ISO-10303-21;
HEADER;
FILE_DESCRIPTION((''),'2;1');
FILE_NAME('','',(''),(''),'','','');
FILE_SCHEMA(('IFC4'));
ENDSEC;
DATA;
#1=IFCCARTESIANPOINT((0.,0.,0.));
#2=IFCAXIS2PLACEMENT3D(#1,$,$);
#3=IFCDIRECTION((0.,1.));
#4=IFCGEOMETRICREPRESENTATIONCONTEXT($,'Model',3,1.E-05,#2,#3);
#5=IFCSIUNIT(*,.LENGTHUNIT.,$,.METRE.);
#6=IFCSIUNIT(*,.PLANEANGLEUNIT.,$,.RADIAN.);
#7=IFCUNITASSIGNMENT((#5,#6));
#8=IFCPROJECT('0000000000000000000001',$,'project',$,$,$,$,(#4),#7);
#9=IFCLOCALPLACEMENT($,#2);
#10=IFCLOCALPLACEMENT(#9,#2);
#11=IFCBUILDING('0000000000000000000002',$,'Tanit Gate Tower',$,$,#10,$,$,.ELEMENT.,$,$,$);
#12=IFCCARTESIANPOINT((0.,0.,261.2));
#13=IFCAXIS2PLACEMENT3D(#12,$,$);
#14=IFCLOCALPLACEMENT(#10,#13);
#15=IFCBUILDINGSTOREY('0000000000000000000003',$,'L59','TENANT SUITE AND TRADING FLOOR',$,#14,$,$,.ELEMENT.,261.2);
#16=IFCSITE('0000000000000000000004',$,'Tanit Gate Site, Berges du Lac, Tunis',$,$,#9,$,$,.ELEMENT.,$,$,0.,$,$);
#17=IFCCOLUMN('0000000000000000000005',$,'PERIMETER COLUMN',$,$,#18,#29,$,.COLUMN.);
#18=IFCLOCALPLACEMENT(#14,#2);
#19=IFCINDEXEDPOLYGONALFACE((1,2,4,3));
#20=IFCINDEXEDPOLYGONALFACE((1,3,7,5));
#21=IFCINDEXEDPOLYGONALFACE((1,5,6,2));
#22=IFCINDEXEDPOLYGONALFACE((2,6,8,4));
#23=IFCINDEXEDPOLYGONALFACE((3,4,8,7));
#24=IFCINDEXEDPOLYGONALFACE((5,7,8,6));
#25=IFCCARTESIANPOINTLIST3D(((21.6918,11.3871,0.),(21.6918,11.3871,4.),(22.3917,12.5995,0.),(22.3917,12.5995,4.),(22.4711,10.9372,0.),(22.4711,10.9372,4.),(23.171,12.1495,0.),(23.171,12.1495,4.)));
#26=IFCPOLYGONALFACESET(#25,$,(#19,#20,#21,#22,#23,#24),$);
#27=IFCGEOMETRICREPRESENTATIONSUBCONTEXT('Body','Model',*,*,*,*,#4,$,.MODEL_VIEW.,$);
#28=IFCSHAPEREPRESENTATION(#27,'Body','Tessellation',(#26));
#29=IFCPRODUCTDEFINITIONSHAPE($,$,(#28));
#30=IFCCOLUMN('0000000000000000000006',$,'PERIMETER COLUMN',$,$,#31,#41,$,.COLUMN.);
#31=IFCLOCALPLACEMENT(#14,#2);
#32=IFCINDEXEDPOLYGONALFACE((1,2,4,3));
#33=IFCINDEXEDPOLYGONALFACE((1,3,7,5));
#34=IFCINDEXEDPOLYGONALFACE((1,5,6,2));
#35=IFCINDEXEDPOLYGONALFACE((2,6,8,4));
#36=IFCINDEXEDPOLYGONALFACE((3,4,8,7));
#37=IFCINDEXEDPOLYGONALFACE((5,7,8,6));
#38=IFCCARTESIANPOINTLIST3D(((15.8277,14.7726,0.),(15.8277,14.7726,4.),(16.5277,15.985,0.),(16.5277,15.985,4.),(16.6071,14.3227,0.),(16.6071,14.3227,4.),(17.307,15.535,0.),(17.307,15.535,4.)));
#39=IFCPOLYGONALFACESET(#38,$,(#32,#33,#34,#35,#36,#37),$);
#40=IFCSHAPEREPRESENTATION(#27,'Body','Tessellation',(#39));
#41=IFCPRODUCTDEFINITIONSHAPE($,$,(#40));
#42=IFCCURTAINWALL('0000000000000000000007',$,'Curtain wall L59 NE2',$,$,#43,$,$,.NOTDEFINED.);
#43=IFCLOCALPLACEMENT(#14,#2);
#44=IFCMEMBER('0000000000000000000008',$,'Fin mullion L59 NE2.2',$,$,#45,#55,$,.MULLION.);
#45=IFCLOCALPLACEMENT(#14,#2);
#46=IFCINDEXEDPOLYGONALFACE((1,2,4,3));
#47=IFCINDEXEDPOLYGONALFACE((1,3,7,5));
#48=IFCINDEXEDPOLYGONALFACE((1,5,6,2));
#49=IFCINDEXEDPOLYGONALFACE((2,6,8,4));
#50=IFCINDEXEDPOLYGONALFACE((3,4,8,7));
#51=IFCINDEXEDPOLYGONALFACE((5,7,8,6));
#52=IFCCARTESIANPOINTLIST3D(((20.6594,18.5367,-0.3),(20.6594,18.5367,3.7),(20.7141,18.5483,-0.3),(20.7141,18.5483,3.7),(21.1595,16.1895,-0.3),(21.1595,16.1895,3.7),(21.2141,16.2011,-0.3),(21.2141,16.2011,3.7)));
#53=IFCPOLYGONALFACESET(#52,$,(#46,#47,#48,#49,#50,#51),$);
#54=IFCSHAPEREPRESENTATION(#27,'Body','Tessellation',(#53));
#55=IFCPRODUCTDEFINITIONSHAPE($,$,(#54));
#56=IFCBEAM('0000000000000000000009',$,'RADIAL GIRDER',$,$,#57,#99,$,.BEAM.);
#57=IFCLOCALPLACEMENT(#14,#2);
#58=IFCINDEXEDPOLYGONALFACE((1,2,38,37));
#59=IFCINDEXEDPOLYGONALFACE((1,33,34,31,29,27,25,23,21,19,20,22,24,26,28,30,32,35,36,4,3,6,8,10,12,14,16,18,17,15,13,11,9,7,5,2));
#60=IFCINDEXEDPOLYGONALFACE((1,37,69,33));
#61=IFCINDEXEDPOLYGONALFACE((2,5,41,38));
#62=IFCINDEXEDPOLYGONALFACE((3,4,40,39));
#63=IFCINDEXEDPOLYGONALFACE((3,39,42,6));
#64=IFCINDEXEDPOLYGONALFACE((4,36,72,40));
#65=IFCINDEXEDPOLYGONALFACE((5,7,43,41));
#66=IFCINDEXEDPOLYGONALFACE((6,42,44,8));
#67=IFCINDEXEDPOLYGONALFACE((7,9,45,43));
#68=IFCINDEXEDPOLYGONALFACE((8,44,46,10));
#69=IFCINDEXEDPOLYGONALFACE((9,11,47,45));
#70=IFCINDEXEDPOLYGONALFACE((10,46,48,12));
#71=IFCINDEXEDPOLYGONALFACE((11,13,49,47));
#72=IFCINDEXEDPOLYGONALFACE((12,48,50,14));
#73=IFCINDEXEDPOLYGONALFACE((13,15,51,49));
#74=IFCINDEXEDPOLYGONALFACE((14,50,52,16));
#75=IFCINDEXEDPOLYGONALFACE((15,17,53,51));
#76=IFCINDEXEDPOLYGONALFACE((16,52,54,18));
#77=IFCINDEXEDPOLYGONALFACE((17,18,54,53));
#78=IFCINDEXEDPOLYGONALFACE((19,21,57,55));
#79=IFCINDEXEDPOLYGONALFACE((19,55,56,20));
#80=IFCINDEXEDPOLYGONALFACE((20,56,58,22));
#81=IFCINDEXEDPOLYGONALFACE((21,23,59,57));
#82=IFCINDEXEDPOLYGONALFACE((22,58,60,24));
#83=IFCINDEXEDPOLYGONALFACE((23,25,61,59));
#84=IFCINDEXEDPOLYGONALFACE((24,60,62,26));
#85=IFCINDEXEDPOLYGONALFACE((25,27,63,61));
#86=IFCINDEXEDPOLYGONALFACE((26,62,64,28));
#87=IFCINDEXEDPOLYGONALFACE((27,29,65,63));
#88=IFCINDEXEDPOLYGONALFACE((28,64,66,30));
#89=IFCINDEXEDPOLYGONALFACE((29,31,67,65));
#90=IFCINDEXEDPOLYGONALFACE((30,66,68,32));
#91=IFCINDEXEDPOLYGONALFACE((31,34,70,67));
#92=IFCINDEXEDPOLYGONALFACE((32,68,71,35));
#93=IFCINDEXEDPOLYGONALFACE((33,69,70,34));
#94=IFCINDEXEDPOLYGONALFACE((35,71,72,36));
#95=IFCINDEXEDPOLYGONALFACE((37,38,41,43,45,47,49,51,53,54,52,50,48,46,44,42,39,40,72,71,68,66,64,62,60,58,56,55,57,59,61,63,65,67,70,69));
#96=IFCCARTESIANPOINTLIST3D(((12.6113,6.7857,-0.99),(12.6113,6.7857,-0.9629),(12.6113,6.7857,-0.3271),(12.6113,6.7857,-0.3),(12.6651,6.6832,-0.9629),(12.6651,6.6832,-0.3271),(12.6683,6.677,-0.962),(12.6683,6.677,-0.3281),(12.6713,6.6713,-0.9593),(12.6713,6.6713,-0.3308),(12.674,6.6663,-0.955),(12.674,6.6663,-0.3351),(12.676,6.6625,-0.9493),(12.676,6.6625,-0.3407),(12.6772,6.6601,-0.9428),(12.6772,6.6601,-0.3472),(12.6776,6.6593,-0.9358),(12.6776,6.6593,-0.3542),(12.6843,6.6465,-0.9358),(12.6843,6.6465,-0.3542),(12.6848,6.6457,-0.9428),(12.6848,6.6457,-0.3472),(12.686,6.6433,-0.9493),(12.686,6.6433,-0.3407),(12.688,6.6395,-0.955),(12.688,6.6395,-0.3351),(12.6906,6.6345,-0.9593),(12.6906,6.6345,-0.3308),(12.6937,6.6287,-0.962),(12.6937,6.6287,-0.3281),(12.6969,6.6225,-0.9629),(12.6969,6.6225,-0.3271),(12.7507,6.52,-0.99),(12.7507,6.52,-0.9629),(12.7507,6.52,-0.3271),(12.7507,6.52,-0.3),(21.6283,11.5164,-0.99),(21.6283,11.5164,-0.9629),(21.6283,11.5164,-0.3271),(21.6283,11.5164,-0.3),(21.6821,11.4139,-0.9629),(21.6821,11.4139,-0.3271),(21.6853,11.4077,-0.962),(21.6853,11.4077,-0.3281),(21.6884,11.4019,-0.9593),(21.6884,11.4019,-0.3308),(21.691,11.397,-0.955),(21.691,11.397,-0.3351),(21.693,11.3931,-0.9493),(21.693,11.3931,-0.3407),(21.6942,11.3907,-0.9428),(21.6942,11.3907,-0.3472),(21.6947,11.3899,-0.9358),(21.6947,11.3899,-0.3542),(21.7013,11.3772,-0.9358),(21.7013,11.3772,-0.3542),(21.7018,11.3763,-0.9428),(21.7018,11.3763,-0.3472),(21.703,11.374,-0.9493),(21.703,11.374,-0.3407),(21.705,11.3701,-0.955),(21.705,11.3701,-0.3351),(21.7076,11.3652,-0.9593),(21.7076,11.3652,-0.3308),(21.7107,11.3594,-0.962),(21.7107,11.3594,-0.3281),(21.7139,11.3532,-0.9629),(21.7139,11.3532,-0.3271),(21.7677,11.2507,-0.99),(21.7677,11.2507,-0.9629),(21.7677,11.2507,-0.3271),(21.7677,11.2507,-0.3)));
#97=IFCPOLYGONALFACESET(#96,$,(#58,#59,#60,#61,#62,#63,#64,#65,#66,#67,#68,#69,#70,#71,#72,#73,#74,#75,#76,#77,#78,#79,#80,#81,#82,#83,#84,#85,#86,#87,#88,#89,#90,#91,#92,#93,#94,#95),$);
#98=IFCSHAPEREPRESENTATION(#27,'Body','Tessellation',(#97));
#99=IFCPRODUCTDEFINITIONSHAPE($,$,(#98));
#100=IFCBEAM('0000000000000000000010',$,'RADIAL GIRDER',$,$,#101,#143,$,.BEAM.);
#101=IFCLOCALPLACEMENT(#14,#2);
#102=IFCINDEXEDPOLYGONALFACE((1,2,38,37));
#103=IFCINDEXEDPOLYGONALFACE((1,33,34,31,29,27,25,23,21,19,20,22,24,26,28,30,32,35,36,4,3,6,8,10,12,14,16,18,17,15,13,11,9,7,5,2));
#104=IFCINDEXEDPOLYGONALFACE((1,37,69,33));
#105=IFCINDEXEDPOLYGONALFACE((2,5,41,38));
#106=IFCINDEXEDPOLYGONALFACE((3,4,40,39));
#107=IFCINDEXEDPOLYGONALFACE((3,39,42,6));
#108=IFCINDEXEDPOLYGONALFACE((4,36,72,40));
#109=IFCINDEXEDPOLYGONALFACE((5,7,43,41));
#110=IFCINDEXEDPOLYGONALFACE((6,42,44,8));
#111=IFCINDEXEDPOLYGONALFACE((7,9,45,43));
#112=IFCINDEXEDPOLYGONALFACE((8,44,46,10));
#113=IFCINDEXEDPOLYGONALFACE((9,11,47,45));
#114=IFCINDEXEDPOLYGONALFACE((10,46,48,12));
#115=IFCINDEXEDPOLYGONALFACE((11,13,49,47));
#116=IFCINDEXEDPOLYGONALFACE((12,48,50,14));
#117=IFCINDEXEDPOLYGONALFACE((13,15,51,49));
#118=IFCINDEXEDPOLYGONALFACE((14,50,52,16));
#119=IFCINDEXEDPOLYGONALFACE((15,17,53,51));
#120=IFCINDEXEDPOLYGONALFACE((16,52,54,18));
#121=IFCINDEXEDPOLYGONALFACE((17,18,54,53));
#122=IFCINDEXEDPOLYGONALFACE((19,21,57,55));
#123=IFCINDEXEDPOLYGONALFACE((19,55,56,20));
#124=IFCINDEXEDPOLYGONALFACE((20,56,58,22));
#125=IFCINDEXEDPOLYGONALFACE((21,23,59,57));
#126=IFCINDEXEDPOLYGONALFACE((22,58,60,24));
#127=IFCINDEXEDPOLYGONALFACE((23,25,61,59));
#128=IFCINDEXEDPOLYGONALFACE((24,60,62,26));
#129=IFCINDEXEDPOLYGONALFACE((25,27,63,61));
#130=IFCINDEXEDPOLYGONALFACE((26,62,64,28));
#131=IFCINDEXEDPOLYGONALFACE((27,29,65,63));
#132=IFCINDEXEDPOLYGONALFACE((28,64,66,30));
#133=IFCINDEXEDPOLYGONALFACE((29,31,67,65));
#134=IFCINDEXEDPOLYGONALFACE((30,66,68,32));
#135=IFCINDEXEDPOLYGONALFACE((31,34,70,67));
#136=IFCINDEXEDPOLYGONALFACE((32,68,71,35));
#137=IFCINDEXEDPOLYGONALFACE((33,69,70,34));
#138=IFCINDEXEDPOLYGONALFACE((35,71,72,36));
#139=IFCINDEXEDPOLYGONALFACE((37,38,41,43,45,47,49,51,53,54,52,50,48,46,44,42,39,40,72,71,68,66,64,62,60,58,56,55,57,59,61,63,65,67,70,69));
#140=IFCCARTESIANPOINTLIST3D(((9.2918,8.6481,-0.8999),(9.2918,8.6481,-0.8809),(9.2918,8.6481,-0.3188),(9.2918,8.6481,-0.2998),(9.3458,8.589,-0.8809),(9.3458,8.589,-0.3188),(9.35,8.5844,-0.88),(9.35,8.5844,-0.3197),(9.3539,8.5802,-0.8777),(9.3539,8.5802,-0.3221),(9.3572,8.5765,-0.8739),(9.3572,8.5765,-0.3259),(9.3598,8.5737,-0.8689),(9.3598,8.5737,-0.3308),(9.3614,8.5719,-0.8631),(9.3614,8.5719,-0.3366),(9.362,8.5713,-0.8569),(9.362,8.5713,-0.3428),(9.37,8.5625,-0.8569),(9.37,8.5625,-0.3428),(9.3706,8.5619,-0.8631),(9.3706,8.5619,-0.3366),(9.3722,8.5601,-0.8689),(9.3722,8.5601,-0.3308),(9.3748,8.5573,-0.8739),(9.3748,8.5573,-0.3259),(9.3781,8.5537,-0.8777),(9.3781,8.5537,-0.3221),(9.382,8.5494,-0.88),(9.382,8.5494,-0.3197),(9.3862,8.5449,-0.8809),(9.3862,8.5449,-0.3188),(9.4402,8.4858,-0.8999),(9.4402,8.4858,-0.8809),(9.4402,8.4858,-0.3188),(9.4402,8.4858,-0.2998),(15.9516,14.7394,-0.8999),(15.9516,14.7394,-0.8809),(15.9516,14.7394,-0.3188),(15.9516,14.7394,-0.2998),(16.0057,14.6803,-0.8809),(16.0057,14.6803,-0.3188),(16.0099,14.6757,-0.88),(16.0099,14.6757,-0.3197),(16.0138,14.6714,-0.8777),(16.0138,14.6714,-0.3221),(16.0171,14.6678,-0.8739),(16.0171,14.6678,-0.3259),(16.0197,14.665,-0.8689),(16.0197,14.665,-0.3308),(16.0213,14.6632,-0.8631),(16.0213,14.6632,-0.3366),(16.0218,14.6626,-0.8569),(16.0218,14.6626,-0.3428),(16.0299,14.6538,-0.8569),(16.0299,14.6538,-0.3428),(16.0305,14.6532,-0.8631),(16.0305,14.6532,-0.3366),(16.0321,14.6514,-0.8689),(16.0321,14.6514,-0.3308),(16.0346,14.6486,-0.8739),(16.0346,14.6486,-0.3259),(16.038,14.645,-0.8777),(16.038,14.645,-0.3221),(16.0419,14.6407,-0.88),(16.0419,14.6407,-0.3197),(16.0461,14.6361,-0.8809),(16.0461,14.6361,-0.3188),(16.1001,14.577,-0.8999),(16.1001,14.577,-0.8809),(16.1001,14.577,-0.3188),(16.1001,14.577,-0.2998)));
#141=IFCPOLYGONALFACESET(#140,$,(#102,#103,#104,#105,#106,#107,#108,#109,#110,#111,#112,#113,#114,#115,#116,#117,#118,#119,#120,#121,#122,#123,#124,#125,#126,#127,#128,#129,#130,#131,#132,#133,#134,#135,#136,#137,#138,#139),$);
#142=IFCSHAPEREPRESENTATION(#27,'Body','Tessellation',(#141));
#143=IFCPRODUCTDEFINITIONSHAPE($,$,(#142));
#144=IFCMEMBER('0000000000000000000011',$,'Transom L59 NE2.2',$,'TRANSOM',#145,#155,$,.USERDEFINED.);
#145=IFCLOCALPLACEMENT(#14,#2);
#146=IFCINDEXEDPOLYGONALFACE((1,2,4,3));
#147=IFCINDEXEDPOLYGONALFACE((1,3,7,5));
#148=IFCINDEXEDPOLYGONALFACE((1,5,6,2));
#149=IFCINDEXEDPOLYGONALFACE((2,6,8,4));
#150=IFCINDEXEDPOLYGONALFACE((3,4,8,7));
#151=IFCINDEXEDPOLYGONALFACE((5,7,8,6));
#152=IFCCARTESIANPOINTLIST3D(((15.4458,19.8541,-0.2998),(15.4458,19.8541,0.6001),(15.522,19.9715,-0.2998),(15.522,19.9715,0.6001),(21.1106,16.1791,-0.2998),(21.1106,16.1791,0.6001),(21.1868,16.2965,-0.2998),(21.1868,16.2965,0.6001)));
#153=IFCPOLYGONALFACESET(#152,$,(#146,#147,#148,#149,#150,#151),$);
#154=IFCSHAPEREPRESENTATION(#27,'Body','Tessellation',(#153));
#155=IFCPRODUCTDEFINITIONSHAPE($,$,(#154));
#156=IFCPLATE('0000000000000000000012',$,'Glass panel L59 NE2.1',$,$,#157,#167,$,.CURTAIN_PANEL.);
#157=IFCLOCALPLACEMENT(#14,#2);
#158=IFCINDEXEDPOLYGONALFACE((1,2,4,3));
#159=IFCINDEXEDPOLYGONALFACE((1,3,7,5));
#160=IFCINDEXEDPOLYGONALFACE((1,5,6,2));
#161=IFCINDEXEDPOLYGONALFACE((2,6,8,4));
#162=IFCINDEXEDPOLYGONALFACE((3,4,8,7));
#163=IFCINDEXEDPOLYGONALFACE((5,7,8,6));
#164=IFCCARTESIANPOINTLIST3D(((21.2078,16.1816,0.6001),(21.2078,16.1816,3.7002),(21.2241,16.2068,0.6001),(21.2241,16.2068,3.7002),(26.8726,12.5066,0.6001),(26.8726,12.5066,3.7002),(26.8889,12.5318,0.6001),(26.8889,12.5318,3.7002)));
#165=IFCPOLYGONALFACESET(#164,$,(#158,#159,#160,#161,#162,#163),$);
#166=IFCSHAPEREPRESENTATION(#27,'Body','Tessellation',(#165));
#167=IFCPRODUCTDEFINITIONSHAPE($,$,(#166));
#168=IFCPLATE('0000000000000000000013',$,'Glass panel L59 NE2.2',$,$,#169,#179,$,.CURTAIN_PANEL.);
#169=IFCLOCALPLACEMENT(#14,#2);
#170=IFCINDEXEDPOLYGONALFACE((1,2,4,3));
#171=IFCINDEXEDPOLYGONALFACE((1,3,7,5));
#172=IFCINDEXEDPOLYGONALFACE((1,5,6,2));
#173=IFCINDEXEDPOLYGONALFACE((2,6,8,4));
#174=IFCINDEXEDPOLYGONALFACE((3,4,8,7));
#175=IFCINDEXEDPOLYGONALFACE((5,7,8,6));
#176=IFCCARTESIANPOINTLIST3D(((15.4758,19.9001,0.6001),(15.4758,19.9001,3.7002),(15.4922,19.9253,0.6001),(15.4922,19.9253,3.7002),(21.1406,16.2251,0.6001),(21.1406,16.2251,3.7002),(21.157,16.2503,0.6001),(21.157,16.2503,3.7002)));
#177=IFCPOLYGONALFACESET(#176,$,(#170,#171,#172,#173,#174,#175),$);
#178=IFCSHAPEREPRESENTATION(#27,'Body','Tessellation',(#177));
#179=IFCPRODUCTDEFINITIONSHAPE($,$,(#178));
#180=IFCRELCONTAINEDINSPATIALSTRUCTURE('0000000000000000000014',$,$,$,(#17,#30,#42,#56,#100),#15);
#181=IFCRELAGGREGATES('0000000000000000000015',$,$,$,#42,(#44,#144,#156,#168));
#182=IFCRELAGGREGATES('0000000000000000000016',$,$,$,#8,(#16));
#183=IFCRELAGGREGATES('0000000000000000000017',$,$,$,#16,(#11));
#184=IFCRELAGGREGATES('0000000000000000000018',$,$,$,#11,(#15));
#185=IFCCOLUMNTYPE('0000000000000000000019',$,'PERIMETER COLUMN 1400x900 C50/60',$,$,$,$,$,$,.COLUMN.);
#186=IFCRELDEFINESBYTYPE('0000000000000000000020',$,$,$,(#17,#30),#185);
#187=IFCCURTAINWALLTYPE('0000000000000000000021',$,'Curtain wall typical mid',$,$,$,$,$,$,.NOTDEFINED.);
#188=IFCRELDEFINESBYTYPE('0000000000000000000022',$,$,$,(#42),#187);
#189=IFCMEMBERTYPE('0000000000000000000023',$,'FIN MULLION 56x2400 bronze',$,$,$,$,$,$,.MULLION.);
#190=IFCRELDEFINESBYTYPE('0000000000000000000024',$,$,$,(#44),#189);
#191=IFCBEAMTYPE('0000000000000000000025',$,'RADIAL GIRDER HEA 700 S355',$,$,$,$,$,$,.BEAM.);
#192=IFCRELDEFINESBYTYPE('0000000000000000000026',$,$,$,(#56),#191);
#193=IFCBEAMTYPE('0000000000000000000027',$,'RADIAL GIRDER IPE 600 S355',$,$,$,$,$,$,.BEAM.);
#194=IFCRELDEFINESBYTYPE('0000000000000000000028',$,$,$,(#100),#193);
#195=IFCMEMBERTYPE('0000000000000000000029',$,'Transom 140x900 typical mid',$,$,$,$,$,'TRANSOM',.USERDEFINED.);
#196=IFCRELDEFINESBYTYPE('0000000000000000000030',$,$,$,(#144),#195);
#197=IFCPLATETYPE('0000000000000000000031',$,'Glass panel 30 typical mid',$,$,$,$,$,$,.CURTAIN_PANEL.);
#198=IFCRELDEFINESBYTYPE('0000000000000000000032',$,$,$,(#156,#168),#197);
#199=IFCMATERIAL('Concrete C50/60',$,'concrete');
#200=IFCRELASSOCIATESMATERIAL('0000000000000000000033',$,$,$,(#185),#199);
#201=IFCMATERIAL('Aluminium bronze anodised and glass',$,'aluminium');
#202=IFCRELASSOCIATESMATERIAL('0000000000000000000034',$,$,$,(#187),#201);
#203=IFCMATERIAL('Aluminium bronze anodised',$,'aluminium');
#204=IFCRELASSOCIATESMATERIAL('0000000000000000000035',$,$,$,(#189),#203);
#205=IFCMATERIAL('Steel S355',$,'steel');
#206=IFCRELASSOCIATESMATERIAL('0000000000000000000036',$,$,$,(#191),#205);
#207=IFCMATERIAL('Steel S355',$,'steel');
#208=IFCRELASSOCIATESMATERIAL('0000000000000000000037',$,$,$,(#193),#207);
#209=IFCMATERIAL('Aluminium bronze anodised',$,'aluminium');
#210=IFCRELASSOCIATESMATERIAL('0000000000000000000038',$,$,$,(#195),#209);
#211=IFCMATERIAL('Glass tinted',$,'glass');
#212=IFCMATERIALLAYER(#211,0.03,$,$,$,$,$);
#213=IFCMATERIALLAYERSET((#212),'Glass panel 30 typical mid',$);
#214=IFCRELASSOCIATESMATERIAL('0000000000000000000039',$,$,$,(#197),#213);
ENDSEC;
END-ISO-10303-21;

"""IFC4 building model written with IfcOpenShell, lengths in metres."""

from ifc_helpers import new_model, si_unit, direction, frame, origin, origin_2d, place, context, subcontext, project, spatial, rectangle, i_section, extrude, material, layer, layer_set, material_profile, profile_set, type_object, element, aggregate, save


model = new_model("IFC4")

# Units and contexts
model_context = context("Model", 3, precision=1e-05, world=origin(), true_north=direction((0.0, 1.0)))
body_context = subcontext(model_context, "Body", "Model", "MODEL_VIEW")
ifc_project = project(units=[si_unit("LENGTHUNIT", "METRE"), si_unit("PLANEANGLEUNIT", "RADIAN")], contexts=[model_context])

# Site, building, storey
site_placement = place(None, origin())
site = spatial("IfcSite", under=ifc_project, at=site_placement, Name="Tanit Gate Site, Berges du Lac, Tunis", CompositionType="ELEMENT", RefElevation=0.0)
building_placement = place(site_placement, origin())
building = spatial("IfcBuilding", under=site, at=building_placement, Name="Tanit Gate Tower", CompositionType="ELEMENT")
storey_placement = place(building_placement, frame((0.0, 0.0, 261.2)))
storey = spatial("IfcBuildingStorey", under=building, at=storey_placement, Name="L59", Description="TENANT SUITE AND TRADING FLOOR", CompositionType="ELEMENT", Elevation=261.2)

# Columns
ifc_material_1 = material(Name="Concrete C50/60", Category="concrete")
ifc_material_profile_1 = material_profile(ifc_material_1, rectangle(XDim=1.3999, YDim=0.8999, at=origin_2d()), Name="RC 1400x900")
ifc_profile_set_1 = profile_set([ifc_material_profile_1], Name="Concrete C50/60")
column_type = type_object("IfcColumnType", Name="PERIMETER COLUMN 1400x900 C50/60", PredefinedType="COLUMN", material=ifc_profile_set_1)
for number, where, z_axis, x_axis, name in (
    (1, (22.4314, 11.7683, 0.0), (0.0, 0.0, 1.0), (0.5, 0.866025, 0.0), "PERIMETER COLUMN"),
    (2, (16.5674, 15.1538, 0.0), (0.0, 0.0, 1.0), (0.5, 0.866025, 0.0), "PERIMETER COLUMN"),
):
    element("IfcColumn", number, at=place(storey_placement, frame(where, z_axis=z_axis, x_axis=x_axis)), inside=storey, type_object=column_type, Name=name, PredefinedType="COLUMN", context=body_context, shape_type="SweptSolid", body=[
        extrude(rectangle(XDim=1.3999, YDim=0.8999, at=origin_2d()), origin(), (0.0, 0.0, 1.0), 4.0),
    ])

# Curtain wall, member
ifc_material_2 = material(Name="Aluminium bronze anodised and glass", Category="aluminium")
curtain_wall_type = type_object("IfcCurtainWallType", Name="Curtain wall typical mid", PredefinedType="NOTDEFINED", material=ifc_material_2)
curtain_wall_placement = place(storey_placement, origin())
curtain_wall = element("IfcCurtainWall", 3, at=curtain_wall_placement, inside=storey, type_object=curtain_wall_type, Name="Curtain wall L59 NE2", PredefinedType="NOTDEFINED")
ifc_material_3 = material(Name="Aluminium bronze anodised", Category="aluminium")
ifc_material_profile_2 = material_profile(ifc_material_3, rectangle(XDim=2.3999, YDim=0.0559, at=origin_2d()), Name="56x2400 bronze fin mullion")
ifc_profile_set_2 = profile_set([ifc_material_profile_2], Name="Aluminium bronze anodised")
member_type_1 = type_object("IfcMemberType", Name="FIN MULLION 56x2400 bronze", PredefinedType="MULLION", material=ifc_profile_set_2)
member_1_placement = place(storey_placement, frame((20.9368, 17.3689, -0.3), z_axis=(0.0, 0.0, 1.0), x_axis=(0.208373, -0.978049, 0.0)))
member_1 = element("IfcMember", 4, at=member_1_placement, type_object=member_type_1, Name="Fin mullion L59 NE2.2", PredefinedType="MULLION", context=body_context, shape_type="SweptSolid", body=[
    extrude(rectangle(XDim=2.3999, YDim=0.0559, at=origin_2d()), origin(), (0.0, 0.0, 1.0), 4.0),
])

# Beams
ifc_material_4 = material(Name="Steel S355", Category="steel")
ifc_material_profile_3 = material_profile(ifc_material_4, i_section(OverallWidth=0.3, OverallDepth=0.6899, WebThickness=0.0144, FlangeThickness=0.0271, FilletRadius=0.0271, at=origin_2d()), Name="HEA 700")
ifc_profile_set_3 = profile_set([ifc_material_profile_3], Name="Steel S355")
beam_type_1 = type_object("IfcBeamType", Name="RADIAL GIRDER HEA 700 S355", PredefinedType="BEAM", material=ifc_profile_set_3)
beam_1_placement = place(storey_placement, frame((21.698, 11.3835, -0.645), z_axis=(-0.88553, -0.464583, 0.0), x_axis=(0.464583, -0.88553, 0.0)))
element("IfcBeam", 5, at=beam_1_placement, inside=storey, type_object=beam_type_1, Name="RADIAL GIRDER", PredefinedType="BEAM", context=body_context, shape_type="SweptSolid", body=[
    extrude(i_section(OverallWidth=0.3, OverallDepth=0.6899, WebThickness=0.0144, FlangeThickness=0.0271, FilletRadius=0.0271, at=origin_2d()), origin(), (0.0, 0.0, 1.0), 10.1826),
])
ifc_material_5 = material(Name="Steel S355", Category="steel")
ifc_material_profile_4 = material_profile(ifc_material_5, i_section(OverallWidth=0.22, OverallDepth=0.6001, WebThickness=0.012, FlangeThickness=0.019, FilletRadius=0.0239, at=origin_2d()), Name="IPE 600")
ifc_profile_set_4 = profile_set([ifc_material_profile_4], Name="Steel S355")
beam_type_2 = type_object("IfcBeamType", Name="RADIAL GIRDER IPE 600 S355", PredefinedType="BEAM", material=ifc_profile_set_4)
beam_2_placement = place(storey_placement, frame((16.0259, 14.6582, -0.5999), z_axis=(-0.737905, -0.674905, 0.0), x_axis=(0.674905, -0.737905, 0.0)))
element("IfcBeam", 6, at=beam_2_placement, inside=storey, type_object=beam_type_2, Name="RADIAL GIRDER", PredefinedType="BEAM", context=body_context, shape_type="SweptSolid", body=[
    extrude(i_section(OverallWidth=0.22, OverallDepth=0.6001, WebThickness=0.012, FlangeThickness=0.019, FilletRadius=0.0239, at=origin_2d()), origin(), (0.0, 0.0, 1.0), 9.0254),
])

# Member
ifc_material_6 = material(Name="Aluminium bronze anodised", Category="aluminium")
ifc_material_profile_5 = material_profile(ifc_material_6, rectangle(XDim=0.1399, YDim=0.8999, at=origin_2d()), Name="140x900 bronze transom")
ifc_profile_set_5 = profile_set([ifc_material_profile_5], Name="Aluminium bronze anodised")
member_type_2 = type_object("IfcMemberType", Name="Transom 140x900 typical mid", ElementType="TRANSOM", PredefinedType="USERDEFINED", material=ifc_profile_set_5)
member_2_placement = place(storey_placement, frame((21.1487, 16.2378, 0.1501), z_axis=(-0.838922, 0.544252, 0.0), x_axis=(-0.544252, -0.838922, 0.0)))
member_2 = element("IfcMember", 7, at=member_2_placement, type_object=member_type_2, Name="Transom L59 NE2.2", ObjectType="TRANSOM", PredefinedType="USERDEFINED", context=body_context, shape_type="SweptSolid", body=[
    extrude(rectangle(XDim=0.1399, YDim=0.8999, at=origin_2d()), origin(), (0.0, 0.0, 1.0), 6.7524),
])

# Plates
ifc_material_7 = material(Name="Glass tinted", Category="glass")
ifc_layer_1 = layer(ifc_material_7, 0.03)
ifc_layer_set_1 = layer_set([ifc_layer_1], Name="Glass panel 30 typical mid")
plate_type = type_object("IfcPlateType", Name="Glass panel 30 typical mid", PredefinedType="CURTAIN_PANEL", material=ifc_layer_set_1)
plate_1_placement = place(storey_placement, frame((24.0483, 14.3567, 0.6001), z_axis=(0.0, 0.0, 1.0), x_axis=(-0.838927, 0.544243, 0.0)))
plate_1 = element("IfcPlate", 8, at=plate_1_placement, type_object=plate_type, Name="Glass panel L59 NE2.1", PredefinedType="CURTAIN_PANEL", context=body_context, shape_type="SweptSolid", body=[
    extrude(rectangle(XDim=6.7524, YDim=0.03, at=origin_2d()), origin(), (0.0, 0.0, 1.0), 3.1001),
])
plate_2_placement = place(storey_placement, frame((18.3164, 18.0752, 0.6001), z_axis=(0.0, 0.0, 1.0), x_axis=(-0.838927, 0.544243, 0.0)))
plate_2 = element("IfcPlate", 9, at=plate_2_placement, type_object=plate_type, Name="Glass panel L59 NE2.2", PredefinedType="CURTAIN_PANEL", context=body_context, shape_type="SweptSolid", body=[
    extrude(rectangle(XDim=6.7524, YDim=0.03, at=origin_2d()), origin(), (0.0, 0.0, 1.0), 3.1001),
])
aggregate(curtain_wall, [member_1, member_2, plate_1, plate_2])

save(model, "model.ifc")
